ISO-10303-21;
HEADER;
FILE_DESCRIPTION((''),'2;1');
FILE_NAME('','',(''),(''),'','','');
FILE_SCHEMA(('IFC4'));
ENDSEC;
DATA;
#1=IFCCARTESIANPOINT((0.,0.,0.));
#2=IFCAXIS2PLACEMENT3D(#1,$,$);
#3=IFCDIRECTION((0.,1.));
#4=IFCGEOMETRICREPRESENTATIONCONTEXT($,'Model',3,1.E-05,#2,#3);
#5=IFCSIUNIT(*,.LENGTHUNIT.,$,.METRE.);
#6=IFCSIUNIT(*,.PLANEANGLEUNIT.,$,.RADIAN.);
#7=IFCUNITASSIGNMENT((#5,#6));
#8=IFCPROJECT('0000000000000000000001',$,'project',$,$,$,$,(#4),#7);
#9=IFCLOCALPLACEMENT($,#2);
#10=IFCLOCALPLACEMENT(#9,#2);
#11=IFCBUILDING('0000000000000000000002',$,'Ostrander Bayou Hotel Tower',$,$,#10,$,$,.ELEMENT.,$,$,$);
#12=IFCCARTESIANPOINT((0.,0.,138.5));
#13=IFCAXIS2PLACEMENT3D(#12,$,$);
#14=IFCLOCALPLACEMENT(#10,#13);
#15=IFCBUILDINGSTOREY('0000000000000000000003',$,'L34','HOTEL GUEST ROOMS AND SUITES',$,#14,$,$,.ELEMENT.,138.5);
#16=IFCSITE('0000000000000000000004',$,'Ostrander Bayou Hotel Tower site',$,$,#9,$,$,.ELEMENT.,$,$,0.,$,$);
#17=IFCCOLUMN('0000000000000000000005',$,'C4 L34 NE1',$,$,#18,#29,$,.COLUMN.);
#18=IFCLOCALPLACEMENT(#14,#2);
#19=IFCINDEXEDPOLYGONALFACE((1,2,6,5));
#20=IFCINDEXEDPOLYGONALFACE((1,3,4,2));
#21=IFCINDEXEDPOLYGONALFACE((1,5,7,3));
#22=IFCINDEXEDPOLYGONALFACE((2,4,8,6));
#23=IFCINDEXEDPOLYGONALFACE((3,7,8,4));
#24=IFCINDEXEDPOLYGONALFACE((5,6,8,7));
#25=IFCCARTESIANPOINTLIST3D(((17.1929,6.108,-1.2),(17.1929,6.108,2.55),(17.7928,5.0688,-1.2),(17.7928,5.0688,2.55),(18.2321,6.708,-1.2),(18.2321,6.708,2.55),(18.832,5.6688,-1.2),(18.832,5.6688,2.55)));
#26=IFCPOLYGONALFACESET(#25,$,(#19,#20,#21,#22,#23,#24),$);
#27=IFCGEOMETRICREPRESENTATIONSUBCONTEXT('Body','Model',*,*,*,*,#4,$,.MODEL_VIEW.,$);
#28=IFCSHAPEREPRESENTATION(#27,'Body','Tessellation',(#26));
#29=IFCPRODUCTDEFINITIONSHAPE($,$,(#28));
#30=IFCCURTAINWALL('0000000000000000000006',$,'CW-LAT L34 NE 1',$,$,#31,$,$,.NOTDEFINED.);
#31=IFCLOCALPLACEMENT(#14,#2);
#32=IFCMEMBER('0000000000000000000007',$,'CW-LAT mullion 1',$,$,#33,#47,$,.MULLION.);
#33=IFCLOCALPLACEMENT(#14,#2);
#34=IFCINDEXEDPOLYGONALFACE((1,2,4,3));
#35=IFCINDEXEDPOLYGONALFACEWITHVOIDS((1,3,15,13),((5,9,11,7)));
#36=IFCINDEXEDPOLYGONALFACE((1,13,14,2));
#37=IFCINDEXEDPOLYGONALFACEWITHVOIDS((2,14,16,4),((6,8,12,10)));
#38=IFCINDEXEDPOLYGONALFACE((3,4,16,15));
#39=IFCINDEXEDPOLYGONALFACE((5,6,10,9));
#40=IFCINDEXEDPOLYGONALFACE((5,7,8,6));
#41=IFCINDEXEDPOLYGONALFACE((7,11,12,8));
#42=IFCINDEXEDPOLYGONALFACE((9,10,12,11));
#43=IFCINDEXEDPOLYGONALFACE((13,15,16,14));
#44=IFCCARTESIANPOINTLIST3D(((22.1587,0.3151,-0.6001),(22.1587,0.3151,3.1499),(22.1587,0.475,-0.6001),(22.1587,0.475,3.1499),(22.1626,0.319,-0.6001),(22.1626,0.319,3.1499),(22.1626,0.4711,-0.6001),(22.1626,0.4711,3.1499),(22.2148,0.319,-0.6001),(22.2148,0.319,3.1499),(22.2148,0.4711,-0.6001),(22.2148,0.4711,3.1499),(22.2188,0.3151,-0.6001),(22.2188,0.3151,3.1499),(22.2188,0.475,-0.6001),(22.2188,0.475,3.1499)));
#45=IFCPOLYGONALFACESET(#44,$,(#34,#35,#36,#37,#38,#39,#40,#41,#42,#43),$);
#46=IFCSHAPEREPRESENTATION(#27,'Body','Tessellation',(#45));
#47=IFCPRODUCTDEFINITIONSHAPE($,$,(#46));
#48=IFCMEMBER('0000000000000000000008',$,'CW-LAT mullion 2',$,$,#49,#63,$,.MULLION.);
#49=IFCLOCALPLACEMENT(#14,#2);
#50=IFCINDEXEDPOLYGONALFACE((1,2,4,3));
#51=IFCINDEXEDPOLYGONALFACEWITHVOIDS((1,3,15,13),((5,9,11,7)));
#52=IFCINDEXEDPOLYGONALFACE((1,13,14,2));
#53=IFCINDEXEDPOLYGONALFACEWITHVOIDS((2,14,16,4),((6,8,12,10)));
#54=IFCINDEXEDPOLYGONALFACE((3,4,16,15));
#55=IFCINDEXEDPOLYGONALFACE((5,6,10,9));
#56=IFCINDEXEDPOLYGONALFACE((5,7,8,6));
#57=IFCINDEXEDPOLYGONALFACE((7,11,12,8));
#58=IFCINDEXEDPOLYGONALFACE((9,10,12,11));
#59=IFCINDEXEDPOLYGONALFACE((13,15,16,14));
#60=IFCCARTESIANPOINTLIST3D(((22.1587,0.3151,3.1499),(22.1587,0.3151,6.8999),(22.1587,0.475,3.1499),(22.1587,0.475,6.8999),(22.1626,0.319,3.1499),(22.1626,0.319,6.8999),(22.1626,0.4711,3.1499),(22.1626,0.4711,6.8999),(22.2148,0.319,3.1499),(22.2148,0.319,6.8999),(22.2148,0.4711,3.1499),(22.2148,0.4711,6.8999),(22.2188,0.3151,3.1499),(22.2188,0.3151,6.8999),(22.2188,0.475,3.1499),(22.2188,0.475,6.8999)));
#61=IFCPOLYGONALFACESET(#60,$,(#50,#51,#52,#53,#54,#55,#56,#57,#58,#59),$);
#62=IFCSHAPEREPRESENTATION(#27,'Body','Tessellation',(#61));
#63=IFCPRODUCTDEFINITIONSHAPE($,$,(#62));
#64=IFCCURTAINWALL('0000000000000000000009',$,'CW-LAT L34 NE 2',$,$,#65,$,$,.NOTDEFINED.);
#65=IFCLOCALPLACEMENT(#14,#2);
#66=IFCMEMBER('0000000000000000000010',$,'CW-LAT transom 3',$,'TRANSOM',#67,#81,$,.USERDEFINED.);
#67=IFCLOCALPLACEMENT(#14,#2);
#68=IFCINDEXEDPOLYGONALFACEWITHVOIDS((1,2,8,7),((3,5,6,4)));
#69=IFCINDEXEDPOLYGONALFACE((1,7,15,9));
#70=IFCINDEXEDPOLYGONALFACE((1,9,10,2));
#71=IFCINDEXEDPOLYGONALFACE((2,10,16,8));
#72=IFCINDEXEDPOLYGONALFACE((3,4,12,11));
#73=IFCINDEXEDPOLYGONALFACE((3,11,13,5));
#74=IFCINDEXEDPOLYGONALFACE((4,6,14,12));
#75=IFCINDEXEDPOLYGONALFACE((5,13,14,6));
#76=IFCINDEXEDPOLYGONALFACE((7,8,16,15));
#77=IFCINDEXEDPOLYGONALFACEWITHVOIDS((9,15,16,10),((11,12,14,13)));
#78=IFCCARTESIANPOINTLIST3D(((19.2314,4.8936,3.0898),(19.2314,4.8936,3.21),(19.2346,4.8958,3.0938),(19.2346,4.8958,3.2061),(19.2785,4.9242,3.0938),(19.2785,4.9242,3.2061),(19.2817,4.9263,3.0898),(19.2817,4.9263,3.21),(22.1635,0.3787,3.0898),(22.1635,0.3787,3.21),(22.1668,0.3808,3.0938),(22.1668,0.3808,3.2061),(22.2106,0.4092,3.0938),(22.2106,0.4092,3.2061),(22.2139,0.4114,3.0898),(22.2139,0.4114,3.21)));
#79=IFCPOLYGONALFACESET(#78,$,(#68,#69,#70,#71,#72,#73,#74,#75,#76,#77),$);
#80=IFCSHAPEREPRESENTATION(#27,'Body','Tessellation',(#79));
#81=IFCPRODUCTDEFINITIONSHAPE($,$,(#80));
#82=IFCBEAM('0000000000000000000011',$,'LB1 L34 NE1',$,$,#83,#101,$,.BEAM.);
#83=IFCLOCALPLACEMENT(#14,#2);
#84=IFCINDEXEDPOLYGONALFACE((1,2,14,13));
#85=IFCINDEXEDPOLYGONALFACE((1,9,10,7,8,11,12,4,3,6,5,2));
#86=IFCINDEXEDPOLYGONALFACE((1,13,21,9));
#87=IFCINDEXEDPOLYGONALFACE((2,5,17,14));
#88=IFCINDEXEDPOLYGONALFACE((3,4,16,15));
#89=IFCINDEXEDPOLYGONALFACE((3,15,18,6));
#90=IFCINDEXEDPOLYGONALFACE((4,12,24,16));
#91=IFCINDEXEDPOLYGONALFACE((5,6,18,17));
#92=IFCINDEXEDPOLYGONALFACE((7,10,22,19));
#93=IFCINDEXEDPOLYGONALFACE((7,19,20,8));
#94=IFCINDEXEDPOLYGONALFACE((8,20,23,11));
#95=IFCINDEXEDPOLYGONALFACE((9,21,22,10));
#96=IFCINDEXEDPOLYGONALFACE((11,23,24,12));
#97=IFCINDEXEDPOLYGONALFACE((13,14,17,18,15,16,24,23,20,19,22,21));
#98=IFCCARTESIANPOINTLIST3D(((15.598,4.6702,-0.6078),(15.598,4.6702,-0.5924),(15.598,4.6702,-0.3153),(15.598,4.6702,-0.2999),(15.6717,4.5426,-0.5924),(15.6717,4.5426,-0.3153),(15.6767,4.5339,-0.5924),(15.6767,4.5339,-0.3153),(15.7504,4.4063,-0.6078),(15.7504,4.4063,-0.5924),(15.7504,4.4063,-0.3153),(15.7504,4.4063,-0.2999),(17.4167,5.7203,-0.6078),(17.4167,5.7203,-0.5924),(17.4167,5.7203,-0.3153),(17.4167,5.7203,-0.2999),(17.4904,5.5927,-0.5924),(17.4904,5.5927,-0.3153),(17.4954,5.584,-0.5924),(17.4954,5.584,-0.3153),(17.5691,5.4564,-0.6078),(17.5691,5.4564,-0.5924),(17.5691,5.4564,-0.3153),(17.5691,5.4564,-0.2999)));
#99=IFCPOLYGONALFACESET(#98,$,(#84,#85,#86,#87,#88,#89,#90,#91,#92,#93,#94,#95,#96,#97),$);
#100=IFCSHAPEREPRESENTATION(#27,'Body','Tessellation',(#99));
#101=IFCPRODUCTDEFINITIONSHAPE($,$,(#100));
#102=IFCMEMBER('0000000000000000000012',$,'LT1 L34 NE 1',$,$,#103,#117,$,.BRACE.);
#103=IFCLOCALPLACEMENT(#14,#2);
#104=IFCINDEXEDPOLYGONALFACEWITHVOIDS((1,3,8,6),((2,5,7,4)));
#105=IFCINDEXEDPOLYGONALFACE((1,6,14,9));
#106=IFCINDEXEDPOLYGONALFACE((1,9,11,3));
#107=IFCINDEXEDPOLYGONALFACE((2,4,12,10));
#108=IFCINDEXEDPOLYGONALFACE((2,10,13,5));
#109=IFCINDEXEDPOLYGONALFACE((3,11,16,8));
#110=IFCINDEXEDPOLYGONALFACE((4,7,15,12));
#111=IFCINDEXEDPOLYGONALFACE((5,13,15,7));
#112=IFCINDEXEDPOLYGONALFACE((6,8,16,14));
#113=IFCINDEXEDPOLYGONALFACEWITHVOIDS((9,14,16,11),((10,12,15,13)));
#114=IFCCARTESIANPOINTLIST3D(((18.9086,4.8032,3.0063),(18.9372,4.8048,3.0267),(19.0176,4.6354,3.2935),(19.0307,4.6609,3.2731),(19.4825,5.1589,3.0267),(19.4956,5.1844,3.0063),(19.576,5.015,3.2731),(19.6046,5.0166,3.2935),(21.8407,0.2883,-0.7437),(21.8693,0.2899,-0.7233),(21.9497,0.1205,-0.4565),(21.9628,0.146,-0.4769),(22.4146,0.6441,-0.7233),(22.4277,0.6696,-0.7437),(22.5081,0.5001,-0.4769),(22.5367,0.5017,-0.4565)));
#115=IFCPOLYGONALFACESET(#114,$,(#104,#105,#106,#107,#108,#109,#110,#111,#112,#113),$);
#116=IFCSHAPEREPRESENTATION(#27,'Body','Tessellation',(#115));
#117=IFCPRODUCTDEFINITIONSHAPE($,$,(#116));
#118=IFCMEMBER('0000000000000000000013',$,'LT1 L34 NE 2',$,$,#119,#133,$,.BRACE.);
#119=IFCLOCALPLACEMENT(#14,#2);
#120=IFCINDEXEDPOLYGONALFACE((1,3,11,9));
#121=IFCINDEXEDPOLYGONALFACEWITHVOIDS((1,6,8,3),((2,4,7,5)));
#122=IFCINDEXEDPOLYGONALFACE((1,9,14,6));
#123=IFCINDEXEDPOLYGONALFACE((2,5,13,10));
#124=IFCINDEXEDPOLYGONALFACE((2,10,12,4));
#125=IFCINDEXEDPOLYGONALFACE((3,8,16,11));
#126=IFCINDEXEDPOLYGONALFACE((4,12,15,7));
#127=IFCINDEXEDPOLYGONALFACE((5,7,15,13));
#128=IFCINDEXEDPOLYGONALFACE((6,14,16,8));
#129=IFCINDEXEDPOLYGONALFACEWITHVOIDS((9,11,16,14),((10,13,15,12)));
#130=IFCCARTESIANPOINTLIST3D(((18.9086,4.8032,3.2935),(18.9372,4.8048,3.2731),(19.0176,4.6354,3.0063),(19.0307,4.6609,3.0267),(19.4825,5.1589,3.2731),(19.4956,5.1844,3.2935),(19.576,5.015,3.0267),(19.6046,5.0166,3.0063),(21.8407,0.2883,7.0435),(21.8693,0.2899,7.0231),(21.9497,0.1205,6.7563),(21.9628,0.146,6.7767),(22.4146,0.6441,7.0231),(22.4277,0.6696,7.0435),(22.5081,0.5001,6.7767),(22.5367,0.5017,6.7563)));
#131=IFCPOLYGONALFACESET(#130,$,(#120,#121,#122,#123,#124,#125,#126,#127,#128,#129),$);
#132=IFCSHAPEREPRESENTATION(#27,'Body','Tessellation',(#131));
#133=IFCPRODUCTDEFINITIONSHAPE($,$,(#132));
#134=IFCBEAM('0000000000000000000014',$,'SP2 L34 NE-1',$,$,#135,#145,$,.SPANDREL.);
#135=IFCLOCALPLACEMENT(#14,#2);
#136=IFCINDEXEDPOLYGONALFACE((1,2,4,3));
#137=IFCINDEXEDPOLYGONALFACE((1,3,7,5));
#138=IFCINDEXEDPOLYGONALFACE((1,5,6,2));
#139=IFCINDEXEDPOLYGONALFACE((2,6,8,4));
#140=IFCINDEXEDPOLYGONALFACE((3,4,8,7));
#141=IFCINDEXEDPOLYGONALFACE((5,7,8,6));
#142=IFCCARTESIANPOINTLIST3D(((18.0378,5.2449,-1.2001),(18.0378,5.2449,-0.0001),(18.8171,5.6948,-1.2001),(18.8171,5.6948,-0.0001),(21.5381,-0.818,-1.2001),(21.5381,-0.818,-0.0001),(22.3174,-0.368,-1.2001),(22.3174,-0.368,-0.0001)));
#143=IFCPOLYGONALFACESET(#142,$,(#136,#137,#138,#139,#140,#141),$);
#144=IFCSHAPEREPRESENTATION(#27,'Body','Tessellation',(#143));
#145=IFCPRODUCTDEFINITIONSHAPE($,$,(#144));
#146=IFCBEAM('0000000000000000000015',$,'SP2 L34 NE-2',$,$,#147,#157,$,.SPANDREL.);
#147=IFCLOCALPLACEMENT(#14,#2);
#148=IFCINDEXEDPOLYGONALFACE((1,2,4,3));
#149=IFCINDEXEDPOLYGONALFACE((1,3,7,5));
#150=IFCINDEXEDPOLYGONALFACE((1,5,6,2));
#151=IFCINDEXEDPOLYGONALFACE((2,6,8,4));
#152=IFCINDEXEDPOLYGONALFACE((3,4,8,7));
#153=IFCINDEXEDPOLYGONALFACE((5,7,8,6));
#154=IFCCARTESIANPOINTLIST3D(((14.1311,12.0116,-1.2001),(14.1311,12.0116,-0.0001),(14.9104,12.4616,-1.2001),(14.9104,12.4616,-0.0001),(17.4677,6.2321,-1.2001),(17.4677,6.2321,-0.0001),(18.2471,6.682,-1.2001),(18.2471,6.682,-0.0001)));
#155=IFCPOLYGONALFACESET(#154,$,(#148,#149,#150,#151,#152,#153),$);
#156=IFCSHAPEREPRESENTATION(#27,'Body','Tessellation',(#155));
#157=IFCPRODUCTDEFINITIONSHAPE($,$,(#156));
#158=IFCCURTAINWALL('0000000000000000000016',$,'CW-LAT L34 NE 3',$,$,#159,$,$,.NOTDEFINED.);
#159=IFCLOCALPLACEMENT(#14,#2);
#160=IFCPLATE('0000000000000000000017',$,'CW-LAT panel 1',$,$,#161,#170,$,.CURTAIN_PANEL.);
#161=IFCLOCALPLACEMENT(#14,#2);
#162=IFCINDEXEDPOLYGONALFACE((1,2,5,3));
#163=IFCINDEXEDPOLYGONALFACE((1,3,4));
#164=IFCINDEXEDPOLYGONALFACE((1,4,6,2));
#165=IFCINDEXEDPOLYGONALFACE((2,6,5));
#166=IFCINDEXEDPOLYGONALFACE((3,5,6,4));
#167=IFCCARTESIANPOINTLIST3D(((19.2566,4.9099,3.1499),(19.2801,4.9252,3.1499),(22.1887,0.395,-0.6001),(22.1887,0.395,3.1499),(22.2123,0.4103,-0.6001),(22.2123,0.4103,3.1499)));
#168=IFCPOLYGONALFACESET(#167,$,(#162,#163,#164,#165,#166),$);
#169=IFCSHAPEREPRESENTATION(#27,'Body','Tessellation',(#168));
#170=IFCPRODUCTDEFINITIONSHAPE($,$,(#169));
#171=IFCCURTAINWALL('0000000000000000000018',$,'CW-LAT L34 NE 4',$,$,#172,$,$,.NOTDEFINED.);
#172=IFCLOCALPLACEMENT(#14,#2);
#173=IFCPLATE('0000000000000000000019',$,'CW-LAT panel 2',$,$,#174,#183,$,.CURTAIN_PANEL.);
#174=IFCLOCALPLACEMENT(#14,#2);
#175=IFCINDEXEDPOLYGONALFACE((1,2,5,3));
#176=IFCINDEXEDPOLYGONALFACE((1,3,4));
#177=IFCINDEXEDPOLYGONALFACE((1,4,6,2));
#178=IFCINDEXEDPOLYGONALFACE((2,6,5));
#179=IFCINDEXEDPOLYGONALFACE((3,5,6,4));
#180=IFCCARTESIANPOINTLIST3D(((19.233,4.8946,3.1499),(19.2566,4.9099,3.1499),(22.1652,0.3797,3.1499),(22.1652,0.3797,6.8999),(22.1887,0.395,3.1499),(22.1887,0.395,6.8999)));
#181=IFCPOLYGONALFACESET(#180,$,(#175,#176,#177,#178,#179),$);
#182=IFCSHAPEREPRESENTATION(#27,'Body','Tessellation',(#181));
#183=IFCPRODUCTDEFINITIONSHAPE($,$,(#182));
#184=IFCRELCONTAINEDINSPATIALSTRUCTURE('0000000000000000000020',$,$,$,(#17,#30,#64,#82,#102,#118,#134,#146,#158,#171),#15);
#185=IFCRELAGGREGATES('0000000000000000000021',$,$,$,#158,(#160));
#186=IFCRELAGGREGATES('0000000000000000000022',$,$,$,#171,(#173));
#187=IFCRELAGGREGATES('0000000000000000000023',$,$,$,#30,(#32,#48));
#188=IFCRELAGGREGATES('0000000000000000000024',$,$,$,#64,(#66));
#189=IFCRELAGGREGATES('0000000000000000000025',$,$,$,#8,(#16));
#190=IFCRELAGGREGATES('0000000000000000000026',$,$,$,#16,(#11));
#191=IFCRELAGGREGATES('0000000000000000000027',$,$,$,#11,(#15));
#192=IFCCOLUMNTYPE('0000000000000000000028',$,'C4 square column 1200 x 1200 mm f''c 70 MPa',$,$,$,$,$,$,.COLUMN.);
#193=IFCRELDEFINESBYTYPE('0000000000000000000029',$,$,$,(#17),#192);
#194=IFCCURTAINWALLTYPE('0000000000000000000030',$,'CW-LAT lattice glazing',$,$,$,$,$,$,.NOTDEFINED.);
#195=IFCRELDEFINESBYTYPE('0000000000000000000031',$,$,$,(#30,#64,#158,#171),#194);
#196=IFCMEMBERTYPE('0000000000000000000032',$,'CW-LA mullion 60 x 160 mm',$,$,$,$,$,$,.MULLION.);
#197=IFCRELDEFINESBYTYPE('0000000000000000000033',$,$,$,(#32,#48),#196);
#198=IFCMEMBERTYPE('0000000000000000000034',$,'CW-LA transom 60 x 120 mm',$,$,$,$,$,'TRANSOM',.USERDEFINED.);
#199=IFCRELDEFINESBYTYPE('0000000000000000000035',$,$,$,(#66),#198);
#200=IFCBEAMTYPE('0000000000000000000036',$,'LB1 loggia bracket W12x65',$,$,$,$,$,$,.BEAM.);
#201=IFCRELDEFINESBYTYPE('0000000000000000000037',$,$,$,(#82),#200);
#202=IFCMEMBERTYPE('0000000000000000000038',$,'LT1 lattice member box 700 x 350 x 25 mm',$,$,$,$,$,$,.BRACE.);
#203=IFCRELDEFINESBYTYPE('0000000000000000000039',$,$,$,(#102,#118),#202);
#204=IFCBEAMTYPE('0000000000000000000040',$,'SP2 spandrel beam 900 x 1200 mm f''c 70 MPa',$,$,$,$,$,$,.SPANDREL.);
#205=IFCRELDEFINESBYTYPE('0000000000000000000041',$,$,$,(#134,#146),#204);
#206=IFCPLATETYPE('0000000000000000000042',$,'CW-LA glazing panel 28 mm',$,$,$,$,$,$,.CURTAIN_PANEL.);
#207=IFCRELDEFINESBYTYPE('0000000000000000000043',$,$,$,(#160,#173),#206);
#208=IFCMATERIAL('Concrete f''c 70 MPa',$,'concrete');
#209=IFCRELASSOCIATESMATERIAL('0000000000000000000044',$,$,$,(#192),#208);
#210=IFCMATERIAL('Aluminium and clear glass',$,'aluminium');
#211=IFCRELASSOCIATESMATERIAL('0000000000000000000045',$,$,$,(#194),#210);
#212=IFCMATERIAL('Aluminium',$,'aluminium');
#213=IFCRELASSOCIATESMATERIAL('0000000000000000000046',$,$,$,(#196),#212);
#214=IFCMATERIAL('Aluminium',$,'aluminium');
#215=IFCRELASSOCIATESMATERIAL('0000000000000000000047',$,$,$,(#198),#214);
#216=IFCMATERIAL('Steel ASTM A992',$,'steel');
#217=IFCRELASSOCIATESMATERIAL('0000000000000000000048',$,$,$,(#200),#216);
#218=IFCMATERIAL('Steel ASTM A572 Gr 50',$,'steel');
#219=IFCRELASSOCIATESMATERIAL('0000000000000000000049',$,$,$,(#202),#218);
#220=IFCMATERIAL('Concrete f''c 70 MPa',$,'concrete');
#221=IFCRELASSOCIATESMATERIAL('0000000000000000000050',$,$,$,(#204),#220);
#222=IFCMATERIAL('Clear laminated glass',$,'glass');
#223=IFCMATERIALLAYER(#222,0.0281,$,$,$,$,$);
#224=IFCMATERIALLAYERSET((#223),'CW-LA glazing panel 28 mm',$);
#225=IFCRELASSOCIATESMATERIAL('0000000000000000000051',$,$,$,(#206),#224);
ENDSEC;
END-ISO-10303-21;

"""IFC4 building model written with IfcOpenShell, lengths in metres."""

from ifc_helpers import new_model, si_unit, direction, frame, origin, origin_2d, place, context, subcontext, project, spatial, polyline, rectangle, hollow_rectangle, i_section, outline, extrude, material, layer, layer_set, material_profile, profile_set, type_object, element, aggregate, save


model = new_model("IFC4")

# Units and contexts
model_context = context("Model", 3, precision=1e-05, world=origin(), true_north=direction((0.0, 1.0)))
body_context = subcontext(model_context, "Body", "Model", "MODEL_VIEW")
ifc_project = project(units=[si_unit("LENGTHUNIT", "METRE"), si_unit("PLANEANGLEUNIT", "RADIAN")], contexts=[model_context])

# Site, building, storey
site_placement = place(None, origin())
site = spatial("IfcSite", under=ifc_project, at=site_placement, Name="Ostrander Bayou Hotel Tower site", CompositionType="ELEMENT", RefElevation=0.0)
building_placement = place(site_placement, origin())
building = spatial("IfcBuilding", under=site, at=building_placement, Name="Ostrander Bayou Hotel Tower", CompositionType="ELEMENT")
storey_placement = place(building_placement, frame((0.0, 0.0, 138.5)))
storey = spatial("IfcBuildingStorey", under=building, at=storey_placement, Name="L34", Description="HOTEL GUEST ROOMS AND SUITES", CompositionType="ELEMENT", Elevation=138.5)

# Column
ifc_material_1 = material(Name="Concrete f'c 70 MPa", Category="concrete")
ifc_material_profile_1 = material_profile(ifc_material_1, rectangle(XDim=1.2, YDim=1.2, at=origin_2d()))
ifc_profile_set_1 = profile_set([ifc_material_profile_1], Name="Concrete f'c 70 MPa")
column_type = type_object("IfcColumnType", Name="C4 square column 1200 x 1200 mm f'c 70 MPa", PredefinedType="COLUMN", material=ifc_profile_set_1)
column_placement = place(storey_placement, frame((18.0125, 5.8884, -1.2), z_axis=(0.0, 0.0, 1.0), x_axis=(0.5, -0.866025, 0.0)))
element("IfcColumn", 1, at=column_placement, inside=storey, type_object=column_type, Name="C4 L34 NE1", PredefinedType="COLUMN", context=body_context, shape_type="SweptSolid", body=[
    extrude(rectangle(XDim=1.2, YDim=1.2, at=origin_2d()), origin(), (0.0, 0.0, 1.0), 3.75),
])

# Curtain wall, members
ifc_material_2 = material(Name="Aluminium and clear glass", Category="aluminium")
curtain_wall_type = type_object("IfcCurtainWallType", Name="CW-LAT lattice glazing", PredefinedType="NOTDEFINED", material=ifc_material_2)
curtain_wall_1_placement = place(storey_placement, origin())
curtain_wall_1 = element("IfcCurtainWall", 2, at=curtain_wall_1_placement, inside=storey, type_object=curtain_wall_type, Name="CW-LAT L34 NE 1", PredefinedType="NOTDEFINED")
ifc_material_3 = material(Name="Aluminium", Category="aluminium")
ifc_material_profile_2 = material_profile(ifc_material_3, hollow_rectangle(XDim=0.0601, YDim=0.1599, WallThickness=0.0039, at=origin_2d()))
ifc_profile_set_2 = profile_set([ifc_material_profile_2], Name="Aluminium")
member_type_1 = type_object("IfcMemberType", Name="CW-LA mullion 60 x 160 mm", PredefinedType="MULLION", material=ifc_profile_set_2)
member_1_placement = place(storey_placement, frame((22.1887, 0.395, -0.6001), z_axis=(0.0, 0.0, 1.0), x_axis=(1.0, 0.0, 0.0)))
member_1 = element("IfcMember", 3, at=member_1_placement, type_object=member_type_1, Name="CW-LAT mullion 1", PredefinedType="MULLION", context=body_context, shape_type="SweptSolid", body=[
    extrude(hollow_rectangle(XDim=0.0601, YDim=0.1599, WallThickness=0.0039, at=origin_2d()), origin(), (0.0, 0.0, 1.0), 3.75),
])
member_2_placement = place(storey_placement, frame((22.1887, 0.395, 3.1499), z_axis=(0.0, 0.0, 1.0), x_axis=(1.0, 0.0, 0.0)))
member_2 = element("IfcMember", 4, at=member_2_placement, type_object=member_type_1, Name="CW-LAT mullion 2", PredefinedType="MULLION", context=body_context, shape_type="SweptSolid", body=[
    extrude(hollow_rectangle(XDim=0.0601, YDim=0.1599, WallThickness=0.0039, at=origin_2d()), origin(), (0.0, 0.0, 1.0), 3.75),
])

# Curtain wall, member
curtain_wall_2_placement = place(storey_placement, origin())
curtain_wall_2 = element("IfcCurtainWall", 5, at=curtain_wall_2_placement, inside=storey, type_object=curtain_wall_type, Name="CW-LAT L34 NE 2", PredefinedType="NOTDEFINED")
ifc_material_4 = material(Name="Aluminium", Category="aluminium")
ifc_material_profile_3 = material_profile(ifc_material_4, hollow_rectangle(XDim=0.0601, YDim=0.1201, WallThickness=0.0039, at=origin_2d()))
ifc_profile_set_3 = profile_set([ifc_material_profile_3], Name="Aluminium")
member_type_2 = type_object("IfcMemberType", Name="CW-LA transom 60 x 120 mm", ElementType="TRANSOM", PredefinedType="USERDEFINED", material=ifc_profile_set_3)
member_3_placement = place(storey_placement, frame((22.1887, 0.395, 3.1499), z_axis=(-0.544655, 0.83866, 0.0), x_axis=(-0.83866, -0.544655, 0.0)))
member_3 = element("IfcMember", 6, at=member_3_placement, type_object=member_type_2, Name="CW-LAT transom 3", ObjectType="TRANSOM", PredefinedType="USERDEFINED", context=body_context, shape_type="SweptSolid", body=[
    extrude(hollow_rectangle(XDim=0.0601, YDim=0.1201, WallThickness=0.0039, at=origin_2d()), origin(), (0.0, 0.0, 1.0), 5.3835),
])

# Beam
ifc_material_5 = material(Name="Steel ASTM A992", Category="steel")
ifc_material_profile_4 = material_profile(ifc_material_5, i_section(OverallWidth=0.3047, OverallDepth=0.3079, WebThickness=0.01, FlangeThickness=0.0154, at=origin_2d()))
ifc_profile_set_4 = profile_set([ifc_material_profile_4], Name="Steel ASTM A992")
beam_type_1 = type_object("IfcBeamType", Name="LB1 loggia bracket W12x65", PredefinedType="BEAM", material=ifc_profile_set_4)
beam_1_placement = place(storey_placement, frame((17.4929, 5.5884, -0.4539), z_axis=(-0.866009, -0.500028, 0.0), x_axis=(0.500028, -0.866009, 0.0)))
element("IfcBeam", 7, at=beam_1_placement, inside=storey, type_object=beam_type_1, Name="LB1 L34 NE1", PredefinedType="BEAM", context=body_context, shape_type="SweptSolid", body=[
    extrude(i_section(OverallWidth=0.3047, OverallDepth=0.3079, WebThickness=0.01, FlangeThickness=0.0154, at=origin_2d()), origin(), (0.0, 0.0, 1.0), 2.1001),
])

# Members
ifc_material_6 = material(Name="Steel ASTM A572 Gr 50", Category="steel")
ifc_material_profile_5 = material_profile(ifc_material_6, hollow_rectangle(XDim=0.7, YDim=0.3501, WallThickness=0.0249, at=origin_2d()))
ifc_profile_set_5 = profile_set([ifc_material_profile_5], Name="Steel ASTM A572 Gr 50")
member_type_3 = type_object("IfcMemberType", Name="LT1 lattice member box 700 x 350 x 25 mm", PredefinedType="BRACE", material=ifc_profile_set_5)
for number, where, z_axis, x_axis, name in (
    (8, (19.2566, 4.9099, 3.1499), (0.446916, -0.688162, -0.571576), (0.83866, 0.544655, 0.0), "LT1 L34 NE 1"),
    (9, (19.2566, 4.9099, 3.1499), (0.446916, -0.688162, 0.571576), (0.83866, 0.544655, 0.0), "LT1 L34 NE 2"),
):
    element("IfcMember", number, at=place(storey_placement, frame(where, z_axis=z_axis, x_axis=x_axis)), inside=storey, type_object=member_type_3, Name=name, PredefinedType="BRACE", context=body_context, shape_type="SweptSolid", body=[
        extrude(hollow_rectangle(XDim=0.7, YDim=0.3501, WallThickness=0.0249, at=origin_2d()), origin(), (0.0, 0.0, 1.0), 6.5608),
    ])

# Beams
ifc_material_7 = material(Name="Concrete f'c 70 MPa", Category="concrete")
ifc_material_profile_6 = material_profile(ifc_material_7, rectangle(XDim=0.8999, YDim=1.2, at=origin_2d()))
ifc_profile_set_6 = profile_set([ifc_material_profile_6], Name="Concrete f'c 70 MPa")
beam_type_2 = type_object("IfcBeamType", Name="SP2 spandrel beam 900 x 1200 mm f'c 70 MPa", PredefinedType="SPANDREL", material=ifc_profile_set_6)
beam_2_placement = place(storey_placement, frame((21.9277, -0.593, -0.6001), z_axis=(-0.499991, 0.866031, 0.0), x_axis=(-0.866031, -0.499991, 0.0)))
element("IfcBeam", 10, at=beam_2_placement, inside=storey, type_object=beam_type_2, Name="SP2 L34 NE-1", PredefinedType="SPANDREL", context=body_context, shape_type="SweptSolid", body=[
    extrude(rectangle(XDim=0.8999, YDim=1.2, at=origin_2d()), origin(), (0.0, 0.0, 1.0), 7.0007),
])
beam_3_placement = place(storey_placement, frame((17.8574, 6.457, -0.6001), z_axis=(-0.499983, 0.866035, 0.0), x_axis=(-0.866035, -0.499983, 0.0)))
element("IfcBeam", 11, at=beam_3_placement, inside=storey, type_object=beam_type_2, Name="SP2 L34 NE-2", PredefinedType="SPANDREL", context=body_context, shape_type="SweptSolid", body=[
    extrude(rectangle(XDim=0.8999, YDim=1.2, at=origin_2d()), origin(), (0.0, 0.0, 1.0), 6.6736),
])

# Curtain walls, plates
curtain_wall_3_placement = place(storey_placement, origin())
curtain_wall_3 = element("IfcCurtainWall", 12, at=curtain_wall_3_placement, inside=storey, type_object=curtain_wall_type, Name="CW-LAT L34 NE 3", PredefinedType="NOTDEFINED")
ifc_material_8 = material(Name="Clear laminated glass", Category="glass")
ifc_layer_1 = layer(ifc_material_8, 0.0281)
ifc_layer_set_1 = layer_set([ifc_layer_1], Name="CW-LA glazing panel 28 mm")
plate_type = type_object("IfcPlateType", Name="CW-LA glazing panel 28 mm", PredefinedType="CURTAIN_PANEL", material=ifc_layer_set_1)
plate_1_placement = place(storey_placement, frame((19.2566, 4.9099, 3.1499), z_axis=(-0.83866, -0.544655, 0.0), x_axis=(0.446916, -0.688162, -0.571576)))
plate_1 = element("IfcPlate", 13, at=plate_1_placement, type_object=plate_type, Name="CW-LAT panel 1", PredefinedType="CURTAIN_PANEL", context=body_context, shape_type="SweptSolid", body=[
    extrude(outline(polyline([(0.0, 0.0), (6.5608, 0.0), (4.4174, 3.0771), (0.0, 0.0)])), origin(), (0.0, 0.0, -1.0), 0.0281),
])
aggregate(curtain_wall_3, [plate_1])
curtain_wall_4_placement = place(storey_placement, origin())
curtain_wall_4 = element("IfcCurtainWall", 14, at=curtain_wall_4_placement, inside=storey, type_object=curtain_wall_type, Name="CW-LAT L34 NE 4", PredefinedType="NOTDEFINED")
plate_2_placement = place(storey_placement, frame((19.2566, 4.9099, 3.1499), z_axis=(0.83866, 0.544655, 0.0), x_axis=(0.446916, -0.688162, 0.571576)))
plate_2 = element("IfcPlate", 15, at=plate_2_placement, type_object=plate_type, Name="CW-LAT panel 2", PredefinedType="CURTAIN_PANEL", context=body_context, shape_type="SweptSolid", body=[
    extrude(outline(polyline([(0.0, 0.0), (6.5608, 0.0), (4.4174, 3.0771), (0.0, 0.0)])), origin(), (0.0, 0.0, -1.0), 0.0281),
])
aggregate(curtain_wall_4, [plate_2])

aggregate(curtain_wall_1, [member_1, member_2])
aggregate(curtain_wall_2, [member_3])

save(model, "model.ifc")
